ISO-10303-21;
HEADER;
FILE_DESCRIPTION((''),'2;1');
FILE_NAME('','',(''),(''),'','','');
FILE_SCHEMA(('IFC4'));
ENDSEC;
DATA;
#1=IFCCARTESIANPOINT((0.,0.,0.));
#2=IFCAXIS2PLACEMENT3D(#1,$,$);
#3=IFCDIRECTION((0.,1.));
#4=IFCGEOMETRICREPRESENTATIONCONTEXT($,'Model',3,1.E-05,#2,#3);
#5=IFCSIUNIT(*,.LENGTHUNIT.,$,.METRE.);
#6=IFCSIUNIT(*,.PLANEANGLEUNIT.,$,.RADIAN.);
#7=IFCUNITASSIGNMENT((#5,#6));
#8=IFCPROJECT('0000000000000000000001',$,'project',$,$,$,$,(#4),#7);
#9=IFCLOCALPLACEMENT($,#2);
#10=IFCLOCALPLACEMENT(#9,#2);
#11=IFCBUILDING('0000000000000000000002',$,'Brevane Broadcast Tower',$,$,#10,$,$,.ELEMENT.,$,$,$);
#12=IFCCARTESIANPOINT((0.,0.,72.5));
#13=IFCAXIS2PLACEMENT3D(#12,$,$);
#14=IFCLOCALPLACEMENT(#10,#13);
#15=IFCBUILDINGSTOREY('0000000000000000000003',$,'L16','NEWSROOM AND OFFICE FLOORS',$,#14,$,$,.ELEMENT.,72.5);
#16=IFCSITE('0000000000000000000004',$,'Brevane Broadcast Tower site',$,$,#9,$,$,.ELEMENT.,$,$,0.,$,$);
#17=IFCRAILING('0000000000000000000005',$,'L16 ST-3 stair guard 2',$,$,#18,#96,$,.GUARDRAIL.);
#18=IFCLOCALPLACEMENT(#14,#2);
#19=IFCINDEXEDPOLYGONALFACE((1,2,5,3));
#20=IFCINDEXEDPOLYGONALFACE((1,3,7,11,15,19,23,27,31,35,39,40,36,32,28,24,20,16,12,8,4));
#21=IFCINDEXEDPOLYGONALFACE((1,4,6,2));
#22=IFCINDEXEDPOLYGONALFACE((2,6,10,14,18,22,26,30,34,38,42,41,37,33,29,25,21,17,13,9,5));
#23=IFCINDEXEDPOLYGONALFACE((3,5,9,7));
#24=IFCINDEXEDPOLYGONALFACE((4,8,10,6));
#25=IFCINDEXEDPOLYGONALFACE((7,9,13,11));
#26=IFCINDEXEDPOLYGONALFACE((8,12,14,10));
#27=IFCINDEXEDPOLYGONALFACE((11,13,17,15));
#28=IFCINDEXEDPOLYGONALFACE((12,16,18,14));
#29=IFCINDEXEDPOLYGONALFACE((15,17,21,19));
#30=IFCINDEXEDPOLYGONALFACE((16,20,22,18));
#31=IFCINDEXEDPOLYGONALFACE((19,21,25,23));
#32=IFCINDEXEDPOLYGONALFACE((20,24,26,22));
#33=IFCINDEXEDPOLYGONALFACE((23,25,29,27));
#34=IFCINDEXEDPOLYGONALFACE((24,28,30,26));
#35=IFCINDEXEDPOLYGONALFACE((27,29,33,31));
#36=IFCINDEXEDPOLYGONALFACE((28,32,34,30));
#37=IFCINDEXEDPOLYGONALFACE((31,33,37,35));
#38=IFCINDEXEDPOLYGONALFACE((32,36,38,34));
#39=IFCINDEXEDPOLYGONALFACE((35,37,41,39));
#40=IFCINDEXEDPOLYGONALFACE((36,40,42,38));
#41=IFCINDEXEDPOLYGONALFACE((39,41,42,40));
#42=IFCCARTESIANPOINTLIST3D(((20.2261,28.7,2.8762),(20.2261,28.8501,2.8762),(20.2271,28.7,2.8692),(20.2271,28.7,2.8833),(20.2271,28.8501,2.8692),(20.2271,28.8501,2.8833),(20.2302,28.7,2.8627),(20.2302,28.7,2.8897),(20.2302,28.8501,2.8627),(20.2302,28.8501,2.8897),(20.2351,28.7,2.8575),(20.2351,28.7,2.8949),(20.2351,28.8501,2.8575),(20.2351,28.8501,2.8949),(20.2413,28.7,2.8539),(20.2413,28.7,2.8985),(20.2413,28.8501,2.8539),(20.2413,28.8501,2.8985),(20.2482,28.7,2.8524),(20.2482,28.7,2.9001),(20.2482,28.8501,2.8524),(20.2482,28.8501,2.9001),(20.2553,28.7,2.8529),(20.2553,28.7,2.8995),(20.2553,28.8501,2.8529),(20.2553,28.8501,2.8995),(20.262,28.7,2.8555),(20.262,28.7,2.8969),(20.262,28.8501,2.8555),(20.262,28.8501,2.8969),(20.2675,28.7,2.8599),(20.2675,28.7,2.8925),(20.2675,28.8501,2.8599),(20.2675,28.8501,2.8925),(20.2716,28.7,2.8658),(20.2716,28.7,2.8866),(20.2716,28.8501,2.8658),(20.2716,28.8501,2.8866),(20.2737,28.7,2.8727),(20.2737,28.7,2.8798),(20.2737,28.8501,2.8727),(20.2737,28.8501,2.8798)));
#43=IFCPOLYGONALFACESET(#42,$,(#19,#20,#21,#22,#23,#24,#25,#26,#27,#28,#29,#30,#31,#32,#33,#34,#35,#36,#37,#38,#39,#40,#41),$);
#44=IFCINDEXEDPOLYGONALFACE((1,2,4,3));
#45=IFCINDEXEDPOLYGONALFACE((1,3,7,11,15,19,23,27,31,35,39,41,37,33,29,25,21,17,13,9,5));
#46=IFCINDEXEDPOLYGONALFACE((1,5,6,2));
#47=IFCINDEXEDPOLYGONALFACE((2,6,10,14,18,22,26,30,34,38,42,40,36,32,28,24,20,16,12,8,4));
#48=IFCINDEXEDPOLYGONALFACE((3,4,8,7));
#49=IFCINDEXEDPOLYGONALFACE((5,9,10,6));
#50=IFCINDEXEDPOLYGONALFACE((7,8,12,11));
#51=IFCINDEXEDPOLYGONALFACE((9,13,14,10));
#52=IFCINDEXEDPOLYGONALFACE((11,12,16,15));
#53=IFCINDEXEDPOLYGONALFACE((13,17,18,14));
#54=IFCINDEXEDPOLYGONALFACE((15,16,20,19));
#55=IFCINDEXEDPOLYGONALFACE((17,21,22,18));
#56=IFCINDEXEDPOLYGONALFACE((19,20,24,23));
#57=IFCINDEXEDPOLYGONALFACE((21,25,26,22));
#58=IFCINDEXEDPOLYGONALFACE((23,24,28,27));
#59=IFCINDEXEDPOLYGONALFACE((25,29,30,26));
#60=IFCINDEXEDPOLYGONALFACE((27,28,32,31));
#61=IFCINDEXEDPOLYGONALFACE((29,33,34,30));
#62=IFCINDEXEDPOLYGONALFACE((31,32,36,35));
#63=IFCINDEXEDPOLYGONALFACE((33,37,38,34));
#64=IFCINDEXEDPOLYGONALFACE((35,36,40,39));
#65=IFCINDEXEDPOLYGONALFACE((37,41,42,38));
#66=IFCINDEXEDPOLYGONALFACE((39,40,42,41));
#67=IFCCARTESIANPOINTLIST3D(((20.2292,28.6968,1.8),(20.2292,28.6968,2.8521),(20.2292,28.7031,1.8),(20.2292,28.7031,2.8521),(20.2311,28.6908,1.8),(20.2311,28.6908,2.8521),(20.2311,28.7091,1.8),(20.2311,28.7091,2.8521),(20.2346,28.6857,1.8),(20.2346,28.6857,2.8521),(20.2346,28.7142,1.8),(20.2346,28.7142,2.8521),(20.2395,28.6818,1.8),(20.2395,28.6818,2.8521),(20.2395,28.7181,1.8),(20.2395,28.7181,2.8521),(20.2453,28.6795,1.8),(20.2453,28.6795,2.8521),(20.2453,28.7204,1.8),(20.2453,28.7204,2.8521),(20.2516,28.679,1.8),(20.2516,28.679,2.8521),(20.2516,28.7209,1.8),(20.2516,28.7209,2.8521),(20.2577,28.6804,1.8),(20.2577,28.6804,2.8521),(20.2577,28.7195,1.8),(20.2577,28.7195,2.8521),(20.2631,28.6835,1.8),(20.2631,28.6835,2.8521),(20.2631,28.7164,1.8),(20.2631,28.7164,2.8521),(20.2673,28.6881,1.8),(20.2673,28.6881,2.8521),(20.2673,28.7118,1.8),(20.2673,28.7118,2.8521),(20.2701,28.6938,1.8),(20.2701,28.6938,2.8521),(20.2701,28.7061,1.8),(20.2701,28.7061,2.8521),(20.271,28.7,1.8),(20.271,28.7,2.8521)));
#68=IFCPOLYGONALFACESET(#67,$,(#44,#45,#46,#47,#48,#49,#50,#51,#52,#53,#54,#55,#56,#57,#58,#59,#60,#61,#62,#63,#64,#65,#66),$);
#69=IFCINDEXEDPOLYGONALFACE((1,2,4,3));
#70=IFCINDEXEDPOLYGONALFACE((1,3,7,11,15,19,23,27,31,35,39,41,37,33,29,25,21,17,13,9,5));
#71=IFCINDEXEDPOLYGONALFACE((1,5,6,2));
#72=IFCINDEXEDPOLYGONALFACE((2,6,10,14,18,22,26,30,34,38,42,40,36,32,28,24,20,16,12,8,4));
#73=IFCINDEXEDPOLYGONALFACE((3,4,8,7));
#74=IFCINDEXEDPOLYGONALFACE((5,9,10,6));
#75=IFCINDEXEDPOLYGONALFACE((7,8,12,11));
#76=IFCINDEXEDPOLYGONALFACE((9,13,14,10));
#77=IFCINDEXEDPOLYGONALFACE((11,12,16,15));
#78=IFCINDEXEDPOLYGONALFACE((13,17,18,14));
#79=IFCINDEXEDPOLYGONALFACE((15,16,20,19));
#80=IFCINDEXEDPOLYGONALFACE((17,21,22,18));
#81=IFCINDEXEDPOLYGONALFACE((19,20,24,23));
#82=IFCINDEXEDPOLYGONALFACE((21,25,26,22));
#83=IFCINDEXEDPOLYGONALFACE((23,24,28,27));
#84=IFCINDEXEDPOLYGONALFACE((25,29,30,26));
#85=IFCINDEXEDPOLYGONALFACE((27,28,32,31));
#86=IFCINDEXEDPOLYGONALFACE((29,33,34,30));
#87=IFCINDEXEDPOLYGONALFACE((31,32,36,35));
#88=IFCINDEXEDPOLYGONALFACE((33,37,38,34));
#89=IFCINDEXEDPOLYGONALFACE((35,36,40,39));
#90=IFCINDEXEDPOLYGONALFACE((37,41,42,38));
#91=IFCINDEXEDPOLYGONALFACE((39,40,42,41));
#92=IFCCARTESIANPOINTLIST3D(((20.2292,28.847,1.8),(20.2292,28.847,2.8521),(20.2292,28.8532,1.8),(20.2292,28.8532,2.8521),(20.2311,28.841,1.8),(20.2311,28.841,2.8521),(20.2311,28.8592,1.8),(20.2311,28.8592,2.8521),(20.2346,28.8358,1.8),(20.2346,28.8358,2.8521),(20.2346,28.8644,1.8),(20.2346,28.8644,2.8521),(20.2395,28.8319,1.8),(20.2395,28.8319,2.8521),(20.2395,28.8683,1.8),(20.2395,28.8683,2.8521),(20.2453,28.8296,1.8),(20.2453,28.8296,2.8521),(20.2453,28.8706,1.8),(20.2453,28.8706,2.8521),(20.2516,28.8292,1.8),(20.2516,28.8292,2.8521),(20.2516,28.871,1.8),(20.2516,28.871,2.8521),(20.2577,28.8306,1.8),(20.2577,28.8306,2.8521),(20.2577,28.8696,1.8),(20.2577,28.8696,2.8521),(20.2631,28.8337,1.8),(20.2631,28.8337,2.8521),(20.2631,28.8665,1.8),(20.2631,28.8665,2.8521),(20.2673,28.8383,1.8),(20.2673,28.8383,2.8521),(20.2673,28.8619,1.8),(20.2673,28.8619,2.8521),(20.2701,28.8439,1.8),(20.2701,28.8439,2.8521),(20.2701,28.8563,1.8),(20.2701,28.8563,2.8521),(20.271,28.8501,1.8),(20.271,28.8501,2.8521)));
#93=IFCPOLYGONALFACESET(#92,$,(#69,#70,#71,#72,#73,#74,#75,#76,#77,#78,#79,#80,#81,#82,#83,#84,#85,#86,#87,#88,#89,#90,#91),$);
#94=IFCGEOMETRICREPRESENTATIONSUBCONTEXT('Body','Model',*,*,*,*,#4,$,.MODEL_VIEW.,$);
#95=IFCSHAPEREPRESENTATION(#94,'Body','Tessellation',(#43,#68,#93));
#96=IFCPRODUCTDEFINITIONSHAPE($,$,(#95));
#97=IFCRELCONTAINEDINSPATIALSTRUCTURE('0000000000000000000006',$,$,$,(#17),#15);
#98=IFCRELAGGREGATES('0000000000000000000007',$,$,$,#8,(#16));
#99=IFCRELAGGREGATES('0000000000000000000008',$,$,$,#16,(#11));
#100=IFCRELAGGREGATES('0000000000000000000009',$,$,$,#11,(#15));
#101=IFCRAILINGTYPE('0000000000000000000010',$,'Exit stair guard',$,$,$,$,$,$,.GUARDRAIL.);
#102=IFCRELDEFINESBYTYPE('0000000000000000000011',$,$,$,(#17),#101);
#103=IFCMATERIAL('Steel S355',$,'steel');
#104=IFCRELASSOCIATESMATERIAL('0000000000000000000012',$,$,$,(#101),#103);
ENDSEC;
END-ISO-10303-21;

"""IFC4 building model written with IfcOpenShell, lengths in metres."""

from ifc_helpers import new_model, si_unit, direction, frame, origin, origin_2d, place, context, subcontext, project, spatial, circle, extrude, material, type_object, element, save


model = new_model("IFC4")

# Units and contexts
model_context = context("Model", 3, precision=1e-05, world=origin(), true_north=direction((0.0, 1.0)))
body_context = subcontext(model_context, "Body", "Model", "MODEL_VIEW")
ifc_project = project(units=[si_unit("LENGTHUNIT", "METRE"), si_unit("PLANEANGLEUNIT", "RADIAN")], contexts=[model_context])

# Site, building, storey
site_placement = place(None, origin())
site = spatial("IfcSite", under=ifc_project, at=site_placement, Name="Brevane Broadcast Tower site", CompositionType="ELEMENT", RefElevation=0.0)
building_placement = place(site_placement, origin())
building = spatial("IfcBuilding", under=site, at=building_placement, Name="Brevane Broadcast Tower", CompositionType="ELEMENT")
storey_placement = place(building_placement, frame((0.0, 0.0, 72.5)))
storey = spatial("IfcBuildingStorey", under=building, at=storey_placement, Name="L16", Description="NEWSROOM AND OFFICE FLOORS", CompositionType="ELEMENT", Elevation=72.5)

# Railing
ifc_material_1 = material(Name="Steel S355", Category="steel")
railing_type_1 = type_object("IfcRailingType", Name="Exit stair guard", PredefinedType="GUARDRAIL", material=ifc_material_1)
railing_1_placement = place(storey_placement, frame((20.25, 28.7, 1.8)))
element("IfcRailing", 1, at=railing_1_placement, inside=storey, type_object=railing_type_1, Name="L16 ST-3 stair guard 2", PredefinedType="GUARDRAIL", context=body_context, shape_type="SweptSolid", body=[
    extrude(circle(Radius=0.0239, at=origin_2d()), frame((0.0, 0.0, 1.0762), z_axis=(0.0, 1.0, 0.0), x_axis=(-1.0, 0.0, 0.0)), (0.0, 0.0, 1.0), 0.1501),
    extrude(circle(Radius=0.021, at=origin_2d()), origin(), (0.0, 0.0, 1.0), 1.052),
    extrude(circle(Radius=0.021, at=origin_2d()), frame((0.0, 0.1501, 0.0)), (0.0, 0.0, 1.0), 1.052),
])

save(model, "model.ifc")
